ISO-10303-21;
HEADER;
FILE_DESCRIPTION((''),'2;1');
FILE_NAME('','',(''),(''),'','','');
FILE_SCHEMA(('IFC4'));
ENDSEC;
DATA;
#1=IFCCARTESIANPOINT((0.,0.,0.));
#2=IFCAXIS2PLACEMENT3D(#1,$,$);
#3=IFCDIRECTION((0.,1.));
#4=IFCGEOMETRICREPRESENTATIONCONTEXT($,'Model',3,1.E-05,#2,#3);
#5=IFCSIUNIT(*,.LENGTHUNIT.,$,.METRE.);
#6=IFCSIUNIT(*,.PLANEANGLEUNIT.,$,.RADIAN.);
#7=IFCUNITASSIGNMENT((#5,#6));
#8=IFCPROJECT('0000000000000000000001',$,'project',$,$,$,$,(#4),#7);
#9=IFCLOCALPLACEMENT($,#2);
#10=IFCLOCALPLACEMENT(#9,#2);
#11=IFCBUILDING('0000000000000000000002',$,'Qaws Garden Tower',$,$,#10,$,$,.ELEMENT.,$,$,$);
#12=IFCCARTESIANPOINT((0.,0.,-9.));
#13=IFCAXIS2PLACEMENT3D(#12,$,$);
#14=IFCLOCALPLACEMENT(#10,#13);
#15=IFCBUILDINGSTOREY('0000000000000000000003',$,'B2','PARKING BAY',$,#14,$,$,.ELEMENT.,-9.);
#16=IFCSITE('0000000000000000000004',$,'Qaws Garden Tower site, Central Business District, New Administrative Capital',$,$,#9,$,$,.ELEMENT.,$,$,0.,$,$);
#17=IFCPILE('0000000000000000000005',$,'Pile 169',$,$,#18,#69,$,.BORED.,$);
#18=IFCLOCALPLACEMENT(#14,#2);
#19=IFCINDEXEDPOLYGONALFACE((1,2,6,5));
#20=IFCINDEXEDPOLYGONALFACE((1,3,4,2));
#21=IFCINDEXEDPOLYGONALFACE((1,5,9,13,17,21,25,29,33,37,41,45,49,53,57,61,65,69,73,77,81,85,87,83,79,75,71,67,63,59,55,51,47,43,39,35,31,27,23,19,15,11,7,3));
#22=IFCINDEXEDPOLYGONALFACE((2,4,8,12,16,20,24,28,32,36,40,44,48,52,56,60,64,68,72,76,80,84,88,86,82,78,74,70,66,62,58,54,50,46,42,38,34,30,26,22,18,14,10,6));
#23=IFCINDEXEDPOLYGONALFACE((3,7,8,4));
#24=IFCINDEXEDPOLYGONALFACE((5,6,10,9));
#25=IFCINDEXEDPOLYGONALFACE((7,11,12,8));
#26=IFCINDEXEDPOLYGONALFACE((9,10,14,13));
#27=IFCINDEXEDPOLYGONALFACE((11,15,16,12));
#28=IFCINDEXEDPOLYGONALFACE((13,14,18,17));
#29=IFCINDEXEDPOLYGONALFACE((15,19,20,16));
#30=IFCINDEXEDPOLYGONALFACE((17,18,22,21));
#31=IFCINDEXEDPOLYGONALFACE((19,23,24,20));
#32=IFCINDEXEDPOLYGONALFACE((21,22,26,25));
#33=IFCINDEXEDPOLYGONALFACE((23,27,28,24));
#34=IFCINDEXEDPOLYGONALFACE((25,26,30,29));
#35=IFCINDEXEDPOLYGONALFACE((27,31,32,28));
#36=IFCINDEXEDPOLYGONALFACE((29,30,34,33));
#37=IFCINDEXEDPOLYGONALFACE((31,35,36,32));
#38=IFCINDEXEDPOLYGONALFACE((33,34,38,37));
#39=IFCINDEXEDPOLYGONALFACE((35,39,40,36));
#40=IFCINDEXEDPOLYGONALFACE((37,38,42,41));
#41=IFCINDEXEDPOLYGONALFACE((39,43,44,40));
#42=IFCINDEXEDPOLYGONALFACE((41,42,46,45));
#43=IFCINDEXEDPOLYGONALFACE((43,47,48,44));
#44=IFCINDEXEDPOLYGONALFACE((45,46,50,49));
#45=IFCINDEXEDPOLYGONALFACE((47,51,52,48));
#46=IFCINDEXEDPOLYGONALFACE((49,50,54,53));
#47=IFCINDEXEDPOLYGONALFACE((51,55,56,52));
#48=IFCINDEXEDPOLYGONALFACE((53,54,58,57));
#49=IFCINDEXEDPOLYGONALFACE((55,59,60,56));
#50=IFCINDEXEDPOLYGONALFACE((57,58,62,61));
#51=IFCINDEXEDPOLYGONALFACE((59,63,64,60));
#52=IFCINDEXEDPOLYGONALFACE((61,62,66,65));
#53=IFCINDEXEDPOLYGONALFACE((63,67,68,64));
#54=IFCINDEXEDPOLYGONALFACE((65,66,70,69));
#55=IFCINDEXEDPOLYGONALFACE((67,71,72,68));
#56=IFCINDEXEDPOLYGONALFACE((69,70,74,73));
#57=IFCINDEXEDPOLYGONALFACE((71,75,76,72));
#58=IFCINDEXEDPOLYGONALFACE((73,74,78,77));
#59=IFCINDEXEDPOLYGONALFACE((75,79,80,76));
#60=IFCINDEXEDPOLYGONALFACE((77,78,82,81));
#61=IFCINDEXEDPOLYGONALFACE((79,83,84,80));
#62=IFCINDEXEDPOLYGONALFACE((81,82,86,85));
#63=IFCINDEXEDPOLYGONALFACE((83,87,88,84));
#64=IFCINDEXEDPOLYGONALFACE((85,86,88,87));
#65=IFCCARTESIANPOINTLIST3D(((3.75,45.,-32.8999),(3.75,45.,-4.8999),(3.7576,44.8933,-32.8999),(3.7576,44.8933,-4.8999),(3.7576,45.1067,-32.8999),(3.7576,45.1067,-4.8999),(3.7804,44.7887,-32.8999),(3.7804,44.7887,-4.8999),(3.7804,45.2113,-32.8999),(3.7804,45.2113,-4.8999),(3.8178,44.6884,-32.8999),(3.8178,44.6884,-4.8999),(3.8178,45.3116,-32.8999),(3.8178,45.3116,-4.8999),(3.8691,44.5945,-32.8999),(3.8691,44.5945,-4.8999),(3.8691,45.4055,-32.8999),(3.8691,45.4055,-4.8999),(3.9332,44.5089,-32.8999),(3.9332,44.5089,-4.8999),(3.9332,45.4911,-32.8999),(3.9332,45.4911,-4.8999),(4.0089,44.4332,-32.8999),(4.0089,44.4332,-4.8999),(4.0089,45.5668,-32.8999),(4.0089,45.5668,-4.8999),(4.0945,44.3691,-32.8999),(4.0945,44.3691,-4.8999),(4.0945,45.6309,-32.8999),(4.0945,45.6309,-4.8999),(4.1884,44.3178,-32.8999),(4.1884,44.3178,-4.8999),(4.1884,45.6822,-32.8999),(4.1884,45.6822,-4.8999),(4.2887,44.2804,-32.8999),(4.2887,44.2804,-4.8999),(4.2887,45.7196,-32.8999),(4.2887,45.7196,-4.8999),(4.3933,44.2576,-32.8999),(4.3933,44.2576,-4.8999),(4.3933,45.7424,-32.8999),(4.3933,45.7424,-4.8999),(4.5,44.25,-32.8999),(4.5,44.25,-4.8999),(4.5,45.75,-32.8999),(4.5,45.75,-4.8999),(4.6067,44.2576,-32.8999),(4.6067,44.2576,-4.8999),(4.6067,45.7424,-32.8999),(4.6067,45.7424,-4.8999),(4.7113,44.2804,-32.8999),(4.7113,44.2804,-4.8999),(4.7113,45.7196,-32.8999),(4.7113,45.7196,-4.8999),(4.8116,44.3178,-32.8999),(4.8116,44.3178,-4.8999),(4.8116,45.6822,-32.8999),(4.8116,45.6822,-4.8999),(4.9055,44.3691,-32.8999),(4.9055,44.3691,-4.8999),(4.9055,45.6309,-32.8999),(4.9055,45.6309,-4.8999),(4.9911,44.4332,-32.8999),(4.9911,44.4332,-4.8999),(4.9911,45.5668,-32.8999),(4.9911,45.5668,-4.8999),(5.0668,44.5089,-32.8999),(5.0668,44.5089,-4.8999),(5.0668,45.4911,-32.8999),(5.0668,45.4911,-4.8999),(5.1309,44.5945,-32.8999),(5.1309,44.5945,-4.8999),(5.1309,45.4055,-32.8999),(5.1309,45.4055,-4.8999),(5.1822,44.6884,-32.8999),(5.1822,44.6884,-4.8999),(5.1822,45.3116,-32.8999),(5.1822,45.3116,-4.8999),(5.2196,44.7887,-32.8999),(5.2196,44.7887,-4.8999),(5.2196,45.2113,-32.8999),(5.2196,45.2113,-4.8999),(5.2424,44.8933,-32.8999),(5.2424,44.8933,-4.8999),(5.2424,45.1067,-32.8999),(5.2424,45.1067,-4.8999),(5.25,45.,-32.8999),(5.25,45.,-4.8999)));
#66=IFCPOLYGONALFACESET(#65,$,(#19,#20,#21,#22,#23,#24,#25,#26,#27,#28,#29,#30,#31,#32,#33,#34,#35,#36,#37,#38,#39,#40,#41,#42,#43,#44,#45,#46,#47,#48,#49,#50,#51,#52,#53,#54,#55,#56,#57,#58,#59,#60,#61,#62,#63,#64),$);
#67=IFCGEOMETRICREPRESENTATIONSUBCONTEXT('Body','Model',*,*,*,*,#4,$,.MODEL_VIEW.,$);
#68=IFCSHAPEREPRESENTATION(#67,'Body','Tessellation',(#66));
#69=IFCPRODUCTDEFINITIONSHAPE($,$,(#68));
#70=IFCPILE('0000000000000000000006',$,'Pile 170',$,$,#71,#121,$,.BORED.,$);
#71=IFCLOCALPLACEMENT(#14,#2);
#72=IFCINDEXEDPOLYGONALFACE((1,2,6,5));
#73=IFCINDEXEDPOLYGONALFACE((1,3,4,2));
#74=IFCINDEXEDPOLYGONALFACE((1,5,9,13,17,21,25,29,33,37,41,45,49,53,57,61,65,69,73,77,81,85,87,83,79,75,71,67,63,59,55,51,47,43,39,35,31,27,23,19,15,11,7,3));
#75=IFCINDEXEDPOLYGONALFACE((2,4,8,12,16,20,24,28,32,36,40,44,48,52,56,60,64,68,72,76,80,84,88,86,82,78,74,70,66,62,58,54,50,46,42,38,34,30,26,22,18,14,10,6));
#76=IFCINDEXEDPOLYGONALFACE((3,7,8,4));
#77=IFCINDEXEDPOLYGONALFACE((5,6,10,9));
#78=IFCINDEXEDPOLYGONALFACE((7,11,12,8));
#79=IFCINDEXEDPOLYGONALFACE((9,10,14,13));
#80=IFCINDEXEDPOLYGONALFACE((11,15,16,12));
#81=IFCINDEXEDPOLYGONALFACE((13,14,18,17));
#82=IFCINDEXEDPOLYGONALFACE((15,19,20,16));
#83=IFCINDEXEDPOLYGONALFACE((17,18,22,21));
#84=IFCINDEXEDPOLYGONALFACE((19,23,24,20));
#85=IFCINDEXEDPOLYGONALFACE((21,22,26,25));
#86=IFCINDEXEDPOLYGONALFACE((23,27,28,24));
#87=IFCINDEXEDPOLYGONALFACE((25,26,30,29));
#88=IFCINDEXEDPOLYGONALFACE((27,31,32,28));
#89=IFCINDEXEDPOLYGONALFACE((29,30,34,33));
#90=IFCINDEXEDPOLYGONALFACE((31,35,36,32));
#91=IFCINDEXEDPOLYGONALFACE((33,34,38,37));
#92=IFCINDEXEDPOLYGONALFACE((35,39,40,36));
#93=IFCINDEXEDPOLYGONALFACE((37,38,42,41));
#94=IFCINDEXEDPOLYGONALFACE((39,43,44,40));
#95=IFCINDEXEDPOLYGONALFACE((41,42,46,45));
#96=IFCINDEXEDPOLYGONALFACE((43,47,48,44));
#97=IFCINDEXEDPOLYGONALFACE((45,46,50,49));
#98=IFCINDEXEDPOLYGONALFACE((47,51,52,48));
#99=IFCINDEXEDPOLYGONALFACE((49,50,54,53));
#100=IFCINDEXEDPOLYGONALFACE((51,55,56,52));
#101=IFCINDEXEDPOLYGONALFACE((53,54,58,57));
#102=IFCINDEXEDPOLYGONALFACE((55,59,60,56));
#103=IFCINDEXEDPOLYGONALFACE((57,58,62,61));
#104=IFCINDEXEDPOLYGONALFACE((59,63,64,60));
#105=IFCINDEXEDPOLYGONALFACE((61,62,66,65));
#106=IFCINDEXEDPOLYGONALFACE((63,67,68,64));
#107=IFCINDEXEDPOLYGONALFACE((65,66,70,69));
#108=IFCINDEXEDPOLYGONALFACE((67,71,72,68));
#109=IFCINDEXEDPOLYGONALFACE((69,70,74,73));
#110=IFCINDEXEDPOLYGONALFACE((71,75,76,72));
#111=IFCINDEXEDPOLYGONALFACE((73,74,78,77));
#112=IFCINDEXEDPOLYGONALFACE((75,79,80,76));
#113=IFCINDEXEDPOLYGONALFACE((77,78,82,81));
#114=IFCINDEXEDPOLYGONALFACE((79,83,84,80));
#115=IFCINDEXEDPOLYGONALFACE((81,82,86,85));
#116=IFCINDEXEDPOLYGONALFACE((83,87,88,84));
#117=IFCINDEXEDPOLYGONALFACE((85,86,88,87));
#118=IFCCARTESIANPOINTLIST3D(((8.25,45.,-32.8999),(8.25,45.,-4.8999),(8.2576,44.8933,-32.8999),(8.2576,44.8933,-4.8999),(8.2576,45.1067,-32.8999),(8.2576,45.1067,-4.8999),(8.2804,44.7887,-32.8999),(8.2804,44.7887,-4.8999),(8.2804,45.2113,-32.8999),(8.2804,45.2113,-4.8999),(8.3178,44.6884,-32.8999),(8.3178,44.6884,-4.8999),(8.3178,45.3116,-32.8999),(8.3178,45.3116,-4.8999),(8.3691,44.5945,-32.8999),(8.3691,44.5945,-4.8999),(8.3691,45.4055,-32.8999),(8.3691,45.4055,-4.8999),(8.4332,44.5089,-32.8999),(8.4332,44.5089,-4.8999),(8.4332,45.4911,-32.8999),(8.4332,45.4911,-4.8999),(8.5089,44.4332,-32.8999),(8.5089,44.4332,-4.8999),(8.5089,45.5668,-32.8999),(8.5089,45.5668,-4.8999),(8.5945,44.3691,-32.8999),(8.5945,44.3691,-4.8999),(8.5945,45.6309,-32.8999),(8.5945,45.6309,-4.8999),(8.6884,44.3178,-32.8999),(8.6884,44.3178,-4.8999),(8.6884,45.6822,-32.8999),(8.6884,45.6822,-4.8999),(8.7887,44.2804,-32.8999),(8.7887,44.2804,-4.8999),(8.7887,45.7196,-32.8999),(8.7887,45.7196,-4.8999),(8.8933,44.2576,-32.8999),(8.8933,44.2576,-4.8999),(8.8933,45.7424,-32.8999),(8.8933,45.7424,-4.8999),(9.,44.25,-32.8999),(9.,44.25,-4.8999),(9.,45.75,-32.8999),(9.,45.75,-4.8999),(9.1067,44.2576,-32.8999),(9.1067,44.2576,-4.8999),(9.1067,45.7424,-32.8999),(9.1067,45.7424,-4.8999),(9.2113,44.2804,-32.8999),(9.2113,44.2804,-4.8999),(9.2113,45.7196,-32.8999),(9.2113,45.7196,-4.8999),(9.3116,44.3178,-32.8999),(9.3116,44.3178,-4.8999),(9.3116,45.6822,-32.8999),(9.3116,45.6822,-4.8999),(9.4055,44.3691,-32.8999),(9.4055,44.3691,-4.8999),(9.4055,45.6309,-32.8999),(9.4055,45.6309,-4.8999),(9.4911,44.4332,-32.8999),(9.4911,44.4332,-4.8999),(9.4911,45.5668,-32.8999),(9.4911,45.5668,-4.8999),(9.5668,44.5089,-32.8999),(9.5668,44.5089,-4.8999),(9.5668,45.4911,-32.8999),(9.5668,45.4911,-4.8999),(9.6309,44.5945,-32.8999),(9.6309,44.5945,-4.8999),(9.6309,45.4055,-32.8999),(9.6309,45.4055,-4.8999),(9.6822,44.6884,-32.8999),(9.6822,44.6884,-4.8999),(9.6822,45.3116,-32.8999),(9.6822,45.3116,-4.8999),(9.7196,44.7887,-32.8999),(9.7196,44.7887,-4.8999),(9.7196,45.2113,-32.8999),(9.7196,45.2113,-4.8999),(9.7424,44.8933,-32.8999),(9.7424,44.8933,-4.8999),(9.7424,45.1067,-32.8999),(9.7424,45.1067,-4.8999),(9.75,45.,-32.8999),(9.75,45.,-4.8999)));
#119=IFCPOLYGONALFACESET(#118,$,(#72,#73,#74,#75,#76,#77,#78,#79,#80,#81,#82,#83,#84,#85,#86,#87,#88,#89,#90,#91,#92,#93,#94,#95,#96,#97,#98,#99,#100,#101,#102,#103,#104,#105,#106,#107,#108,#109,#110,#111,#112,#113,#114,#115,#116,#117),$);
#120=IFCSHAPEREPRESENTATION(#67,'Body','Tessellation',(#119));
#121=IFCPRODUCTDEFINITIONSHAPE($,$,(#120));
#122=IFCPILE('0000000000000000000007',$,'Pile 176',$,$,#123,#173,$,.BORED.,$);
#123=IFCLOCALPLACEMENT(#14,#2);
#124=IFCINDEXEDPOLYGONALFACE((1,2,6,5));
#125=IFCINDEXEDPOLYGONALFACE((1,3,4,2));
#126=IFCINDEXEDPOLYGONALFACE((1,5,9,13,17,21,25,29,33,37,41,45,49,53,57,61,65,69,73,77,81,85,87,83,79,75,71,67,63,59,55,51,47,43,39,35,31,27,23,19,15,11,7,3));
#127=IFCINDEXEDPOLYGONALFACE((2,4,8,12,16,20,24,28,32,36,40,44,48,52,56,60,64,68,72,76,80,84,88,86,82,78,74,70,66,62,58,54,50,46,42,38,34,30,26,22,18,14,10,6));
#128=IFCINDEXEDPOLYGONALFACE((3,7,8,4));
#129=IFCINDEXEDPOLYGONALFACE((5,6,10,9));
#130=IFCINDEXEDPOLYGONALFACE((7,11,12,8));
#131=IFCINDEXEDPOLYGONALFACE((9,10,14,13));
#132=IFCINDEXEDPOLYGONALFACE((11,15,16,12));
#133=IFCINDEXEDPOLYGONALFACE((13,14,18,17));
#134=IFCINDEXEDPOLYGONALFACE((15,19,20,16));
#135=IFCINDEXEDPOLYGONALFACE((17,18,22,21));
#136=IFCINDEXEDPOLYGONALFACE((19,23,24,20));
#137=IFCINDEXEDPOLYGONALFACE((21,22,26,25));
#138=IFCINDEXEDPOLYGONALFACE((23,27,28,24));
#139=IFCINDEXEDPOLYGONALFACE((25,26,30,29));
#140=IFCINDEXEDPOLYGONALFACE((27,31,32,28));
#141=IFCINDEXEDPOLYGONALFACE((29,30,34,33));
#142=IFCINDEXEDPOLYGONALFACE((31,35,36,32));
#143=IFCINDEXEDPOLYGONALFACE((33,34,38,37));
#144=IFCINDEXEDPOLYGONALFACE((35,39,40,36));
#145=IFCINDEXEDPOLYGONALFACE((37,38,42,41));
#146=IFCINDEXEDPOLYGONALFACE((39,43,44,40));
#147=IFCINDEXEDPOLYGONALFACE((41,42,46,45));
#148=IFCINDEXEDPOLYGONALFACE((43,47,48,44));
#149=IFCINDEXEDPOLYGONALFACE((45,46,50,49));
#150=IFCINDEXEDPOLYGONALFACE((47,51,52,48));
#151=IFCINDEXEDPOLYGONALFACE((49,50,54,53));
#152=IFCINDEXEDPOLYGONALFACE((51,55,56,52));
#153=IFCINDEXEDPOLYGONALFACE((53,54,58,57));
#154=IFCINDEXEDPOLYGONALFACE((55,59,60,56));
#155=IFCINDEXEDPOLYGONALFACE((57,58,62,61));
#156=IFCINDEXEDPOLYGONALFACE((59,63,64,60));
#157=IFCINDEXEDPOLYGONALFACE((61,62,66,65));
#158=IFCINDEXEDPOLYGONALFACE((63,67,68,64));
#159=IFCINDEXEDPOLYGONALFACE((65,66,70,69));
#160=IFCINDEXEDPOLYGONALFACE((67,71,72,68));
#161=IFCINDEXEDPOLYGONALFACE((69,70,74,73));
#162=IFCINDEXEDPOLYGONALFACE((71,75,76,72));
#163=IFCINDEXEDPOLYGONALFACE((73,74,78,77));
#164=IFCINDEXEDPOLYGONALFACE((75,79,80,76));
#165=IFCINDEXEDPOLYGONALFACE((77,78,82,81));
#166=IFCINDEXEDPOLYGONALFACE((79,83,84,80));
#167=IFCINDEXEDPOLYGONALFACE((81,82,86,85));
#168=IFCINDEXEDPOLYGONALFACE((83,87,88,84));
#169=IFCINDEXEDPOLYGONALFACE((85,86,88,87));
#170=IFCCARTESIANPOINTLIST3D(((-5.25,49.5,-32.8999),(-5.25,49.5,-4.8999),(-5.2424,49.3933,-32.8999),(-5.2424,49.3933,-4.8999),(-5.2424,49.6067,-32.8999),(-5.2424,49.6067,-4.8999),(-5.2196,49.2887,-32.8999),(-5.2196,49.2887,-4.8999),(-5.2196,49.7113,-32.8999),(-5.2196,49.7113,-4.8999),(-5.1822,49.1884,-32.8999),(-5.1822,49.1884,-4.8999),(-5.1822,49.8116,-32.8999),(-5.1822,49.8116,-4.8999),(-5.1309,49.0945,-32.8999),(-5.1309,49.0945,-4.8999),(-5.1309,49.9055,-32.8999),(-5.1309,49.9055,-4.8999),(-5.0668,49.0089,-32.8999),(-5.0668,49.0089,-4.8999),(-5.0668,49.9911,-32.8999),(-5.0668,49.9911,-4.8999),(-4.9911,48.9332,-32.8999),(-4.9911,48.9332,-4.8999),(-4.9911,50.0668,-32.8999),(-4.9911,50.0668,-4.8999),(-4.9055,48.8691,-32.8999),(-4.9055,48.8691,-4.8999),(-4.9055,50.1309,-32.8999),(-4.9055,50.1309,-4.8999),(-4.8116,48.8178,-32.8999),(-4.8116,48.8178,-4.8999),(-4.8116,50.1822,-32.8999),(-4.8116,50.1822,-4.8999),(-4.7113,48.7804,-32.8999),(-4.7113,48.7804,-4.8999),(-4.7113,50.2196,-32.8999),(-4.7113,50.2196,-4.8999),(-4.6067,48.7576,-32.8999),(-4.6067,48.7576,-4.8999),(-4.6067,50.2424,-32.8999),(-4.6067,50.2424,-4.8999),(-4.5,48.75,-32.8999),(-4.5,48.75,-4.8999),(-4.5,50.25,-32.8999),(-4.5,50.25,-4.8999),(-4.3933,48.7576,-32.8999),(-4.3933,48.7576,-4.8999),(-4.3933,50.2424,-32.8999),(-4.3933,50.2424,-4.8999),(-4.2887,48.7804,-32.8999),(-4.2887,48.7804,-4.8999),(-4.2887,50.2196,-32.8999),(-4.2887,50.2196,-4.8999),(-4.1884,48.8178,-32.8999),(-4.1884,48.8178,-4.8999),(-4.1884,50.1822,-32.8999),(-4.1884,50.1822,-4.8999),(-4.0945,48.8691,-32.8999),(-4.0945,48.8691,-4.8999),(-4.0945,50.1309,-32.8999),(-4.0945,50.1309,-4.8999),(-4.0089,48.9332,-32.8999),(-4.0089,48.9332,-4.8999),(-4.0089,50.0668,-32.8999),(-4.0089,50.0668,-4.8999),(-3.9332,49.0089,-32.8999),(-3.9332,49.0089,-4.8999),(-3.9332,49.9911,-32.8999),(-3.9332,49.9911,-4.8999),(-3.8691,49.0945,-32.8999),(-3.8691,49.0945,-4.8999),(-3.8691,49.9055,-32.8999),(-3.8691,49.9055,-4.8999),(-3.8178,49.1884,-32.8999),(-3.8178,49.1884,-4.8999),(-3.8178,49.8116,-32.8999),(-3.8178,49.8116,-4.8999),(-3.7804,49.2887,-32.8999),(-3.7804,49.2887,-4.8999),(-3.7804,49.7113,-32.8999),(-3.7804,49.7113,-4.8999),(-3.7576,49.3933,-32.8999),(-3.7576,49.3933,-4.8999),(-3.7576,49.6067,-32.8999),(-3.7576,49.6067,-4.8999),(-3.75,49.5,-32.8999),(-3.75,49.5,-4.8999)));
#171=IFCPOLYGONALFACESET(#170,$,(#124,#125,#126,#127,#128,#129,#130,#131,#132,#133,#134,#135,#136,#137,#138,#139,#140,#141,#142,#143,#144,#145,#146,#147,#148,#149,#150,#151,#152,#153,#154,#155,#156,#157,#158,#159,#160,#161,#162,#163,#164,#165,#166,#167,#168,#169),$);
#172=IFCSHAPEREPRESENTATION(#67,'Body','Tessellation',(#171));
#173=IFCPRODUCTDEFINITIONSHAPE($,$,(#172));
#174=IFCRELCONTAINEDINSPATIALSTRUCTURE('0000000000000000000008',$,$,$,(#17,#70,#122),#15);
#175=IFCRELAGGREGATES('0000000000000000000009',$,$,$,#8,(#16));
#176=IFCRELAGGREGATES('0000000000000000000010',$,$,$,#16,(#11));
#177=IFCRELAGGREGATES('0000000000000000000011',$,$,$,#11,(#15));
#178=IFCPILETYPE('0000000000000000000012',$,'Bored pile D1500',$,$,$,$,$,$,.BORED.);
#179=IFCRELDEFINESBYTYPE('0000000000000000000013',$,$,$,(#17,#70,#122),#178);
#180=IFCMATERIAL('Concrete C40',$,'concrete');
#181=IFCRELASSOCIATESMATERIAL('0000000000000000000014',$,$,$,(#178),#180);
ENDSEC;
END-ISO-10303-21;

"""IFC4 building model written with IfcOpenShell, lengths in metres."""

from ifc_helpers import new_model, si_unit, direction, frame, origin, origin_2d, place, context, subcontext, project, spatial, circle, extrude, material, material_profile, profile_set, type_object, element, save


model = new_model("IFC4")

# Units and contexts
model_context = context("Model", 3, precision=1e-05, world=origin(), true_north=direction((0.0, 1.0)))
body_context = subcontext(model_context, "Body", "Model", "MODEL_VIEW")
ifc_project = project(units=[si_unit("LENGTHUNIT", "METRE"), si_unit("PLANEANGLEUNIT", "RADIAN")], contexts=[model_context])

# Site, building, storey
site_placement = place(None, origin())
site = spatial("IfcSite", under=ifc_project, at=site_placement, Name="Qaws Garden Tower site, Central Business District, New Administrative Capital", CompositionType="ELEMENT", RefElevation=0.0)
building_placement = place(site_placement, origin())
building = spatial("IfcBuilding", under=site, at=building_placement, Name="Qaws Garden Tower", CompositionType="ELEMENT")
storey_placement = place(building_placement, frame((0.0, 0.0, -9.0)))
storey = spatial("IfcBuildingStorey", under=building, at=storey_placement, Name="B2", Description="PARKING BAY", CompositionType="ELEMENT", Elevation=-9.0)

# Piles
ifc_material_1 = material(Name="Concrete C40", Category="concrete")
ifc_material_profile_1 = material_profile(ifc_material_1, circle(Radius=0.75, at=origin_2d()), Name="Bored pile D1500")
ifc_profile_set_1 = profile_set([ifc_material_profile_1], Name="Concrete C40")
pile_type = type_object("IfcPileType", Name="Bored pile D1500", PredefinedType="BORED", material=ifc_profile_set_1)
for number, where, z_axis, x_axis, name in (
    (1, (4.5, 45.0, -4.8999), (0.0, 0.0, -1.0), (1.0, 0.0, 0.0), "Pile 169"),
    (2, (9.0, 45.0, -4.8999), (0.0, 0.0, -1.0), (1.0, 0.0, 0.0), "Pile 170"),
    (3, (-4.5, 49.5, -4.8999), (0.0, 0.0, -1.0), (1.0, 0.0, 0.0), "Pile 176"),
):
    element("IfcPile", number, at=place(storey_placement, frame(where, z_axis=z_axis, x_axis=x_axis)), inside=storey, type_object=pile_type, Name=name, PredefinedType="BORED", context=body_context, shape_type="SweptSolid", body=[
        extrude(circle(Radius=0.75, at=origin_2d()), origin(), (0.0, 0.0, 1.0), 28.0),
    ])

save(model, "model.ifc")
